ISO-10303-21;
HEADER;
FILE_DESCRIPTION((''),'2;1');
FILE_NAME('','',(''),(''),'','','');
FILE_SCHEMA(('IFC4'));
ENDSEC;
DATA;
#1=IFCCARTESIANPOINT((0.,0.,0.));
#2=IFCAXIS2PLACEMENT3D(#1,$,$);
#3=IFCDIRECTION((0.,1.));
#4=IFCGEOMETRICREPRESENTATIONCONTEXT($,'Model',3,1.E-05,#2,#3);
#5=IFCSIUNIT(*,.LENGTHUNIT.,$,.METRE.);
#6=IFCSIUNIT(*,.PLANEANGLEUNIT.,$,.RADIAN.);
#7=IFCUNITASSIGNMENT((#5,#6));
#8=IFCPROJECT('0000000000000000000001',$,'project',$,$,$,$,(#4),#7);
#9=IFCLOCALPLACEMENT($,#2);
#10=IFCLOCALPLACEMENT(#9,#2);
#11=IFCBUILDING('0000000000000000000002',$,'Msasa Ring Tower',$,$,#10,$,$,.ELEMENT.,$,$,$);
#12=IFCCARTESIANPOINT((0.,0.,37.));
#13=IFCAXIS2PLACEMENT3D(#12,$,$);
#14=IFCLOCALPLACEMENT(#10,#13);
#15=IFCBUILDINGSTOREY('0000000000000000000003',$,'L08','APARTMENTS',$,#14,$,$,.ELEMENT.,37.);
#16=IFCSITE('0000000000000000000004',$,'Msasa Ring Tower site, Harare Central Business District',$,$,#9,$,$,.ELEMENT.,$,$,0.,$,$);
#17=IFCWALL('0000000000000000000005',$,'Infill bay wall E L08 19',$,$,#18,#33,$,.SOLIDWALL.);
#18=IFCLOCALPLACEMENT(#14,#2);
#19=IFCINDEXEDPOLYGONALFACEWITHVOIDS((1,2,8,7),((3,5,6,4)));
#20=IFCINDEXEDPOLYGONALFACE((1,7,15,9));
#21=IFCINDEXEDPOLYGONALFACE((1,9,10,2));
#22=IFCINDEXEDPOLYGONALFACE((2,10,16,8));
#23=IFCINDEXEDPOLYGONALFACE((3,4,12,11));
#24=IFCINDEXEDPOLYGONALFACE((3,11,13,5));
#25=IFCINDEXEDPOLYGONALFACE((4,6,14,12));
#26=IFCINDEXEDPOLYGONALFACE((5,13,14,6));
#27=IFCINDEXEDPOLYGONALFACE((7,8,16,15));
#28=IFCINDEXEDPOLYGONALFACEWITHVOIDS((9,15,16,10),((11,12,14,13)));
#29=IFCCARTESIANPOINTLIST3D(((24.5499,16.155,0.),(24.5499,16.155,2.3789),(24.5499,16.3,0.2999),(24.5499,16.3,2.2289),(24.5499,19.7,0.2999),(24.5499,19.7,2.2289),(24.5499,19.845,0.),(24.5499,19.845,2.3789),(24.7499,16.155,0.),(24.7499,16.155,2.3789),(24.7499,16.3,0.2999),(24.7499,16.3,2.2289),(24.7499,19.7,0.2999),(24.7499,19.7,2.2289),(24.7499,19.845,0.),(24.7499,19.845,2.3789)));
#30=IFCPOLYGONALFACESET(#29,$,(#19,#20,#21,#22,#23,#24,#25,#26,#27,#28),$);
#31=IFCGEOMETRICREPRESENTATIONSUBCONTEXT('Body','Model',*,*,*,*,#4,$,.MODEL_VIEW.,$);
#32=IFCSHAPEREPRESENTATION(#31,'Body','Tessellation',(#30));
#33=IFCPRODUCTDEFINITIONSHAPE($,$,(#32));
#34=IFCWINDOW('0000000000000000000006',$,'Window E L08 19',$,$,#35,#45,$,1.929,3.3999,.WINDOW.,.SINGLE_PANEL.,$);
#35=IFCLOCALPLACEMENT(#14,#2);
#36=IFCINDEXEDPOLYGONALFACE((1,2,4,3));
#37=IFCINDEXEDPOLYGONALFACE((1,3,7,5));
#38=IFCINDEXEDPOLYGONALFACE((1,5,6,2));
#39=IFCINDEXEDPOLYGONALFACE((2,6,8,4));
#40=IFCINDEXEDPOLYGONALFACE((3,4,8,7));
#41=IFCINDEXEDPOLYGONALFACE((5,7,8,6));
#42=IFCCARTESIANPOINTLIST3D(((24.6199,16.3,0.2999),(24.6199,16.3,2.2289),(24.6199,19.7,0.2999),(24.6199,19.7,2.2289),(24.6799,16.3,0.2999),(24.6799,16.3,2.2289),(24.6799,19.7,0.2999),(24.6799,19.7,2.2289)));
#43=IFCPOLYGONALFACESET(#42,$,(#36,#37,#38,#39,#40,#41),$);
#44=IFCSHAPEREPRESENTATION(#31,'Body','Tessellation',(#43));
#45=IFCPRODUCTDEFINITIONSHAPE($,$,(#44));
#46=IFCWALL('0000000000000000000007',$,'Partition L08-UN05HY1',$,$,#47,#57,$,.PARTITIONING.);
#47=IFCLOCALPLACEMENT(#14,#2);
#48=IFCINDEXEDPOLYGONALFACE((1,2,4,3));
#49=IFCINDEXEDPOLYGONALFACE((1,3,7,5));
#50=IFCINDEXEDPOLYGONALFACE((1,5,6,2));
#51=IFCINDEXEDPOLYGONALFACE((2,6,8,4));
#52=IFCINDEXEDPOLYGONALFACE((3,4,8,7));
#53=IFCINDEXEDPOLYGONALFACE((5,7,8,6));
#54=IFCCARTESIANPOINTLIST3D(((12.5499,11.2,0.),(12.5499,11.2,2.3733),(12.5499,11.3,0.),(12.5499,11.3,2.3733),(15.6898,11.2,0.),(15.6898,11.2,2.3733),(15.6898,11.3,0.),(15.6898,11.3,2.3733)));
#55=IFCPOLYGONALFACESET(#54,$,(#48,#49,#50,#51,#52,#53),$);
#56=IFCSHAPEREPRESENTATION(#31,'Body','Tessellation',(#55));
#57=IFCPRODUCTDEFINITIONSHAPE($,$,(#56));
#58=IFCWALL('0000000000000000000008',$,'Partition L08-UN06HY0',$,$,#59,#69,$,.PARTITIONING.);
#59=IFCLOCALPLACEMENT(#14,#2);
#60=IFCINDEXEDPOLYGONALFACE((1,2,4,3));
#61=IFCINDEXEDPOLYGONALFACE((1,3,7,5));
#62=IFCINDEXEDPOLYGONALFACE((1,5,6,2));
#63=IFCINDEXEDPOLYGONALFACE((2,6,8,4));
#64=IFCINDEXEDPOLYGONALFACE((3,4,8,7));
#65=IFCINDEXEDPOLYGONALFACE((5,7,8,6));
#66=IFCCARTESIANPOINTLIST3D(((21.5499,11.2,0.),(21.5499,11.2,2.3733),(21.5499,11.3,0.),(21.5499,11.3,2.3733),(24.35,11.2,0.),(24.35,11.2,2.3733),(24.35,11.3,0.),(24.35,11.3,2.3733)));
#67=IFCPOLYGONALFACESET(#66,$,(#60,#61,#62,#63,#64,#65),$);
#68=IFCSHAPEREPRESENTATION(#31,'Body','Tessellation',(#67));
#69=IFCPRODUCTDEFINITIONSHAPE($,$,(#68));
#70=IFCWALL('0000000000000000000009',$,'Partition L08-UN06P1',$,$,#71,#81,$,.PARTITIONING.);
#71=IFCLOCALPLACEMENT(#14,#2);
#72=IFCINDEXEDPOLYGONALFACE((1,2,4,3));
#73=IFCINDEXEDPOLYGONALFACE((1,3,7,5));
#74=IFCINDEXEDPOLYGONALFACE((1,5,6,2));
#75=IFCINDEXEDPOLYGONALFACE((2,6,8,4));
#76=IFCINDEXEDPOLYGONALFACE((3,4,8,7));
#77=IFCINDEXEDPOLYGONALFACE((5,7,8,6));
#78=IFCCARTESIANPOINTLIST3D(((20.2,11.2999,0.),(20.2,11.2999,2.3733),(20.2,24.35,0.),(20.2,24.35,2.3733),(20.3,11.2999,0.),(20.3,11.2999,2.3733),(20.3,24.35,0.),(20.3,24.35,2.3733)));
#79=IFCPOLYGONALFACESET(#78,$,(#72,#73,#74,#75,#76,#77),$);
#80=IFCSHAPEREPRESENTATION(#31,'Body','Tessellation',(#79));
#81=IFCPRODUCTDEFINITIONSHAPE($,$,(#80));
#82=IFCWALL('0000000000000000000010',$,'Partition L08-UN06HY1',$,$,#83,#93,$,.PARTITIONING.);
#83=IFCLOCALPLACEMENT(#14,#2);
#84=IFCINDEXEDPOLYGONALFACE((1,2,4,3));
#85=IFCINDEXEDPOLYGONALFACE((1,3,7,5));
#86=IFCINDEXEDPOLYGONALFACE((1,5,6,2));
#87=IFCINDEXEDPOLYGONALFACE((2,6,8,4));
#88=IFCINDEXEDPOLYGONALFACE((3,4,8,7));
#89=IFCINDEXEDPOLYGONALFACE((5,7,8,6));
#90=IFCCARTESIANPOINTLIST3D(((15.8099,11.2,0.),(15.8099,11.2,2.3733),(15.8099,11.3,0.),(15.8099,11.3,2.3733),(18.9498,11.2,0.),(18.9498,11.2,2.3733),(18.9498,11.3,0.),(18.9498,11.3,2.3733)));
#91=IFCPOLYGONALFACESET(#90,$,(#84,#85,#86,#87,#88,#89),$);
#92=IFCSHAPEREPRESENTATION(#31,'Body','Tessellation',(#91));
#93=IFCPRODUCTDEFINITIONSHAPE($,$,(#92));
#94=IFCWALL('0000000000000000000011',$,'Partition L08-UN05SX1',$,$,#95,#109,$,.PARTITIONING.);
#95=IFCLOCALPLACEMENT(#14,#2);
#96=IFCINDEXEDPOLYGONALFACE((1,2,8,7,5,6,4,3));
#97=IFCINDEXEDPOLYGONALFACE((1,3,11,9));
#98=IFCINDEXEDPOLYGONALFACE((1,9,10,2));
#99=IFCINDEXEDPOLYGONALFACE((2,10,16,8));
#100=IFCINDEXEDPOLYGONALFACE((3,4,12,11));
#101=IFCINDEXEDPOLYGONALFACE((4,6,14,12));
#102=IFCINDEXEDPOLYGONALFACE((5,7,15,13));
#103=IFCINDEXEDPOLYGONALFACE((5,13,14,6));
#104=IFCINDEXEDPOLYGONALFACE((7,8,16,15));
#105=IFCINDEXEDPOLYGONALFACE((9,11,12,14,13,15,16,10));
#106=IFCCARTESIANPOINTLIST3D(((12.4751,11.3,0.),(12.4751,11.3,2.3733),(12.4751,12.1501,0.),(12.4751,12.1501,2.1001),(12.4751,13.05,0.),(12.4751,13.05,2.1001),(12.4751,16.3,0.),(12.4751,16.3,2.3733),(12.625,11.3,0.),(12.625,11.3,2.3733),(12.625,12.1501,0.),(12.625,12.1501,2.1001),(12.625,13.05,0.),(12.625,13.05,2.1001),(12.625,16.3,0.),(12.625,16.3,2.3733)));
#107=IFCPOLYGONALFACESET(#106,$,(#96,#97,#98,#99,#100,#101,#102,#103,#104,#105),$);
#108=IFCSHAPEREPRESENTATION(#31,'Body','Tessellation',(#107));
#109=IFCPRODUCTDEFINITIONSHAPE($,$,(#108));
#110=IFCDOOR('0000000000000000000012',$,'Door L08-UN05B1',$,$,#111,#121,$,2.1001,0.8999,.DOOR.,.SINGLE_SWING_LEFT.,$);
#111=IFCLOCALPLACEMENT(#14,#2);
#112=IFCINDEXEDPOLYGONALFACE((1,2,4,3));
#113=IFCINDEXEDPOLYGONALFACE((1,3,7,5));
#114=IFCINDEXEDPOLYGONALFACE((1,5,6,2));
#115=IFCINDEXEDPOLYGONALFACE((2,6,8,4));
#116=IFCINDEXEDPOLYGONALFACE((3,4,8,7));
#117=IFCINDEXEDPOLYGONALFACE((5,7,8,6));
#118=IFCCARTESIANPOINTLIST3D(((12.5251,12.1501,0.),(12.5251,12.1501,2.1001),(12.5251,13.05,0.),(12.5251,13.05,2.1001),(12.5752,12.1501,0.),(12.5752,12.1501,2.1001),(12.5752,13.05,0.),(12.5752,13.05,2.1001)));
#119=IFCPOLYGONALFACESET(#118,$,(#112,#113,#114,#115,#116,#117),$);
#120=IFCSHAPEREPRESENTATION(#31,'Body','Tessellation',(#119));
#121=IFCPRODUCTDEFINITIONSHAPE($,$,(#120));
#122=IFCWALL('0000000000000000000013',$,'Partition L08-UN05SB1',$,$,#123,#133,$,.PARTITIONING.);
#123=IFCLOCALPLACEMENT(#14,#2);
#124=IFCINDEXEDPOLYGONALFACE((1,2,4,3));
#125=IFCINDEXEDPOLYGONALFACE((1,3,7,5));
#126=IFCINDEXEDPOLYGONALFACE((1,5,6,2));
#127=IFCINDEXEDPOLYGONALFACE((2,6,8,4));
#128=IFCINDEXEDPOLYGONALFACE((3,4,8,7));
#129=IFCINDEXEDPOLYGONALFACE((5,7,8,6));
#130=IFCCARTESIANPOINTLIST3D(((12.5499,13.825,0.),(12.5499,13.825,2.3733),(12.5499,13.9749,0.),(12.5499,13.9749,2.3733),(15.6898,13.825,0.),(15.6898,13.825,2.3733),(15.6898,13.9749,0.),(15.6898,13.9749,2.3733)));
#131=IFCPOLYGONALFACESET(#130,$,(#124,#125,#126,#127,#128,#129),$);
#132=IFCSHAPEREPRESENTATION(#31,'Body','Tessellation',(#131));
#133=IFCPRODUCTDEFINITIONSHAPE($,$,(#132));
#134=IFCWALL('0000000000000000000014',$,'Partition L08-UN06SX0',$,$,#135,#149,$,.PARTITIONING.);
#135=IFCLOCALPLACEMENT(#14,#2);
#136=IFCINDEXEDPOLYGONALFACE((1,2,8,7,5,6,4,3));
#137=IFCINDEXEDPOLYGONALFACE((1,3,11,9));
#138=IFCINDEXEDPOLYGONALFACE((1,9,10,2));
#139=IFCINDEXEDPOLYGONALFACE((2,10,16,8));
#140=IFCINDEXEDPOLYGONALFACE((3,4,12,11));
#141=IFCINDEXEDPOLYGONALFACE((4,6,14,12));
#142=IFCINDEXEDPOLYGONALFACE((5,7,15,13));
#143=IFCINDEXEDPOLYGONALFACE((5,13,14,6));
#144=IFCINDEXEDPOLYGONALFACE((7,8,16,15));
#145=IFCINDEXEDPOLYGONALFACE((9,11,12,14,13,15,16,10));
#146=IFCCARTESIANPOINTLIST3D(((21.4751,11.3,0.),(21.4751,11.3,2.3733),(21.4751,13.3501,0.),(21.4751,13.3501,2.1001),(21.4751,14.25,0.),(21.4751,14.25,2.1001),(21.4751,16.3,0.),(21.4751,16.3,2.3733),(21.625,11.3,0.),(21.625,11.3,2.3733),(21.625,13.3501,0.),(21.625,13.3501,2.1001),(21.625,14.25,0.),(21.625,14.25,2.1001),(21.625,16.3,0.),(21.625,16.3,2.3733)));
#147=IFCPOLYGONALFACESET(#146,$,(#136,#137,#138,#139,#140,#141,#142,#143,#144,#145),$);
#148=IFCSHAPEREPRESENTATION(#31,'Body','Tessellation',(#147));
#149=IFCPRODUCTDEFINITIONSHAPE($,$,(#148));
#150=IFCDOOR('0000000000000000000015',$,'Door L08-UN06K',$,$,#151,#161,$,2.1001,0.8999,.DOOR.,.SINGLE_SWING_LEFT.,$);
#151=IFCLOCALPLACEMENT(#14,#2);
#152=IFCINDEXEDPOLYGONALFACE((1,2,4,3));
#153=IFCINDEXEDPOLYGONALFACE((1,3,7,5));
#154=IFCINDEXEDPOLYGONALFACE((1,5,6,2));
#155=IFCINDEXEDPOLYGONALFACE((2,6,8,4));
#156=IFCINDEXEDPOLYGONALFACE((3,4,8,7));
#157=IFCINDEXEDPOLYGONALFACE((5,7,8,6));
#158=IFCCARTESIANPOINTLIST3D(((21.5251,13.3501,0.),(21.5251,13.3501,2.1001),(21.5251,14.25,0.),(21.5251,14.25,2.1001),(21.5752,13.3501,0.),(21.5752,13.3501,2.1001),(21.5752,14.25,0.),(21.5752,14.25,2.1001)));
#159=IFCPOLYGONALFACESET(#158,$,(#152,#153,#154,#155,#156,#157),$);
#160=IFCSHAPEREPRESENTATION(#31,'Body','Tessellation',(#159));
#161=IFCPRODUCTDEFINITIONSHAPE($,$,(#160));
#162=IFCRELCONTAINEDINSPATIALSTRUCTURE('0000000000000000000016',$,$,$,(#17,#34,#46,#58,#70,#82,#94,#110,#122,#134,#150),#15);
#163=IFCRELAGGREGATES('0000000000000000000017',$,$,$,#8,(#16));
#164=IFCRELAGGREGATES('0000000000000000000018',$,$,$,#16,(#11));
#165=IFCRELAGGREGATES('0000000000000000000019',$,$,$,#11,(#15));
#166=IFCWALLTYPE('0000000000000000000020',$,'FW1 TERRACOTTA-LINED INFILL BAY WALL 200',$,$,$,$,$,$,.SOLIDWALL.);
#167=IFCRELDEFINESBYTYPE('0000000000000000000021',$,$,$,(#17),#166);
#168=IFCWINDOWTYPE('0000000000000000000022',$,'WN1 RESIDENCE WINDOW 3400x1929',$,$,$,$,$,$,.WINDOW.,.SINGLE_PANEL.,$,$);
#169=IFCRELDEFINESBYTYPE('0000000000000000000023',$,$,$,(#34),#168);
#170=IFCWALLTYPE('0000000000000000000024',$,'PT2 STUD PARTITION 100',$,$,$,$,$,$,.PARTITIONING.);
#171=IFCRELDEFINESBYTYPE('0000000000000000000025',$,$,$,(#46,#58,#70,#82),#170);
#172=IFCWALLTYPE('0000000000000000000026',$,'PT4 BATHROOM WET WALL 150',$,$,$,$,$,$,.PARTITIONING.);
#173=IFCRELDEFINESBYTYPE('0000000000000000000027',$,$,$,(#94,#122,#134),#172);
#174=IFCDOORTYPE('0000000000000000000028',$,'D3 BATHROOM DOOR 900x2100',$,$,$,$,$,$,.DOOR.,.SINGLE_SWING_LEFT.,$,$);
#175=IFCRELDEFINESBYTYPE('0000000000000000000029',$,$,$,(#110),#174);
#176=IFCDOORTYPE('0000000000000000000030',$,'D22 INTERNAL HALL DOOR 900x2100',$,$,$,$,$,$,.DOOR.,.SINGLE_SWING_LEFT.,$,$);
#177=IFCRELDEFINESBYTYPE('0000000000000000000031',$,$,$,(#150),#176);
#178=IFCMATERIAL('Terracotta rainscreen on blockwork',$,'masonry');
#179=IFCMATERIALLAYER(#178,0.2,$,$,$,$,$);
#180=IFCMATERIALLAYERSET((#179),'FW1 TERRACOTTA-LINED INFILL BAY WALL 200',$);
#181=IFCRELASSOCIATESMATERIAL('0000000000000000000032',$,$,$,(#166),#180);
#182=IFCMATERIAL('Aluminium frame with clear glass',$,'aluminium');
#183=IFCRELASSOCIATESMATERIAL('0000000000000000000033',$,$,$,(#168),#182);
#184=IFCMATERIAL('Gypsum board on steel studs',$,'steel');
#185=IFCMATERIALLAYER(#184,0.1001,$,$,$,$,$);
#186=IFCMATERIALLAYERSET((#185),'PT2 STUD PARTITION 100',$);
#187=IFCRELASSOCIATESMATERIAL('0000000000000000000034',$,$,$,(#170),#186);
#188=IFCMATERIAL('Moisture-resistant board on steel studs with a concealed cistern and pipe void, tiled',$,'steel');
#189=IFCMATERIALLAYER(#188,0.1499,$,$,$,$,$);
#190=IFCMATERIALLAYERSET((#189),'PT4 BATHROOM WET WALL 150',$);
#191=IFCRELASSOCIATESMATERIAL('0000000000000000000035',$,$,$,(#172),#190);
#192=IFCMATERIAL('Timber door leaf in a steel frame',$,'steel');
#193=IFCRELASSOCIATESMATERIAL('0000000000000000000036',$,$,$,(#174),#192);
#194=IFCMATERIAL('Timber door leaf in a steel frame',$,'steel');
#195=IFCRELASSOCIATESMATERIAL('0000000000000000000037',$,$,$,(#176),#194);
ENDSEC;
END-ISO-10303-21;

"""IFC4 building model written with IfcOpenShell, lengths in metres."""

from ifc_helpers import new_model, si_unit, direction, frame, frame_2d, origin, place, context, subcontext, project, spatial, rectangle, extrude, material, layer, layer_set, type_object, element, fill, save


model = new_model("IFC4")

# Units and contexts
model_context = context("Model", 3, precision=1e-05, world=origin(), true_north=direction((0.0, 1.0)))
body_context = subcontext(model_context, "Body", "Model", "MODEL_VIEW")
ifc_project = project(units=[si_unit("LENGTHUNIT", "METRE"), si_unit("PLANEANGLEUNIT", "RADIAN")], contexts=[model_context])

# Site, building, storey
site_placement = place(None, origin())
site = spatial("IfcSite", under=ifc_project, at=site_placement, Name="Msasa Ring Tower site, Harare Central Business District", CompositionType="ELEMENT", RefElevation=0.0)
building_placement = place(site_placement, origin())
building = spatial("IfcBuilding", under=site, at=building_placement, Name="Msasa Ring Tower", CompositionType="ELEMENT")
storey_placement = place(building_placement, frame((0.0, 0.0, 37.0)))
storey = spatial("IfcBuildingStorey", under=building, at=storey_placement, Name="L08", Description="APARTMENTS", CompositionType="ELEMENT", Elevation=37.0)

# Wall, opening, window
ifc_material_1 = material(Name="Terracotta rainscreen on blockwork", Category="masonry")
ifc_layer_1 = layer(ifc_material_1, 0.2)
ifc_layer_set_1 = layer_set([ifc_layer_1], Name="FW1 TERRACOTTA-LINED INFILL BAY WALL 200")
wall_type_1 = type_object("IfcWallType", Name="FW1 TERRACOTTA-LINED INFILL BAY WALL 200", PredefinedType="SOLIDWALL", material=ifc_layer_set_1)
ifc_material_2 = material(Name="Aluminium frame with clear glass", Category="aluminium")
window_type = type_object("IfcWindowType", Name="WN1 RESIDENCE WINDOW 3400x1929", PartitioningType="SINGLE_PANEL", PredefinedType="WINDOW", material=ifc_material_2)
wall_1_placement = place(storey_placement, frame((24.6499, 16.155, 0.0), z_axis=(0.0, 0.0, 1.0), x_axis=(0.0, 1.0, 0.0)))
wall_1 = element("IfcWall", 1, at=wall_1_placement, inside=storey, type_object=wall_type_1, Name="Infill bay wall E L08 19", PredefinedType="SOLIDWALL", context=body_context, shape_type="SweptSolid", body=[
    extrude(rectangle(XDim=3.6899, YDim=0.2, at=frame_2d((1.845, 0.0))), origin(), (0.0, 0.0, 1.0), 2.3789),
])
opening_1_placement = place(wall_1_placement, frame((0.145, 0.0, 0.3)))
opening_1 = element("IfcOpeningElement", 2, at=opening_1_placement, cuts=wall_1, PredefinedType="OPENING", context=body_context, shape_type="SweptSolid", body=[
    extrude(rectangle(XDim=3.3999, YDim=1.929, at=frame_2d((1.7, 0.9644))), frame((0.0, 0.1099, 0.0), z_axis=(0.0, -1.0, 0.0), x_axis=(1.0, 0.0, 0.0)), (0.0, 0.0, 1.0), 0.22),
])
window_1_placement = place(opening_1_placement, origin())
window_1 = element("IfcWindow", 3, at=window_1_placement, inside=storey, type_object=window_type, Name="Window E L08 19", OverallHeight=1.929, OverallWidth=3.3999, PartitioningType="SINGLE_PANEL", PredefinedType="WINDOW", context=body_context, shape_type="SweptSolid", body=[
    extrude(rectangle(XDim=3.3999, YDim=1.929, at=frame_2d((1.7, 0.9644))), frame((0.0, 0.03, 0.0), z_axis=(0.0, -1.0, 0.0), x_axis=(1.0, 0.0, 0.0)), (0.0, 0.0, 1.0), 0.0601),
])
fill(opening_1, window_1)

# Walls
ifc_material_3 = material(Name="Gypsum board on steel studs", Category="steel")
ifc_layer_2 = layer(ifc_material_3, 0.1001)
ifc_layer_set_2 = layer_set([ifc_layer_2], Name="PT2 STUD PARTITION 100")
wall_type_2 = type_object("IfcWallType", Name="PT2 STUD PARTITION 100", PredefinedType="PARTITIONING", material=ifc_layer_set_2)
wall_2_placement = place(storey_placement, frame((12.55, 11.25, 0.0), z_axis=(0.0, 0.0, 1.0), x_axis=(1.0, 0.0, 0.0)))
element("IfcWall", 4, at=wall_2_placement, inside=storey, type_object=wall_type_2, Name="Partition L08-UN05HY1", PredefinedType="PARTITIONING", context=body_context, shape_type="SweptSolid", body=[
    extrude(rectangle(XDim=3.1399, YDim=0.1001, at=frame_2d((1.5698, 0.0))), origin(), (0.0, 0.0, 1.0), 2.3733),
])
wall_3_placement = place(storey_placement, frame((21.55, 11.25, 0.0), z_axis=(0.0, 0.0, 1.0), x_axis=(1.0, 0.0, 0.0)))
element("IfcWall", 5, at=wall_3_placement, inside=storey, type_object=wall_type_2, Name="Partition L08-UN06HY0", PredefinedType="PARTITIONING", context=body_context, shape_type="SweptSolid", body=[
    extrude(rectangle(XDim=2.8, YDim=0.1001, at=frame_2d((1.3999, 0.0))), origin(), (0.0, 0.0, 1.0), 2.3733),
])
wall_4_placement = place(storey_placement, frame((20.25, 11.3, 0.0), z_axis=(0.0, 0.0, 1.0), x_axis=(0.0, 1.0, 0.0)))
element("IfcWall", 6, at=wall_4_placement, inside=storey, type_object=wall_type_2, Name="Partition L08-UN06P1", PredefinedType="PARTITIONING", context=body_context, shape_type="SweptSolid", body=[
    extrude(rectangle(XDim=13.05, YDim=0.1001, at=frame_2d((6.5249, 0.0))), origin(), (0.0, 0.0, 1.0), 2.3733),
])
wall_5_placement = place(storey_placement, frame((15.8101, 11.25, 0.0), z_axis=(0.0, 0.0, 1.0), x_axis=(1.0, 0.0, 0.0)))
element("IfcWall", 7, at=wall_5_placement, inside=storey, type_object=wall_type_2, Name="Partition L08-UN06HY1", PredefinedType="PARTITIONING", context=body_context, shape_type="SweptSolid", body=[
    extrude(rectangle(XDim=3.1399, YDim=0.1001, at=frame_2d((1.5698, 0.0))), origin(), (0.0, 0.0, 1.0), 2.3733),
])

# Wall, opening, door
ifc_material_4 = material(Name="Moisture-resistant board on steel studs with a concealed cistern and pipe void, tiled", Category="steel")
ifc_layer_3 = layer(ifc_material_4, 0.1499)
ifc_layer_set_3 = layer_set([ifc_layer_3], Name="PT4 BATHROOM WET WALL 150")
wall_type_3 = type_object("IfcWallType", Name="PT4 BATHROOM WET WALL 150", PredefinedType="PARTITIONING", material=ifc_layer_set_3)
wall_6_placement = place(storey_placement, frame((12.55, 11.3, 0.0), z_axis=(0.0, 0.0, 1.0), x_axis=(0.0, 1.0, 0.0)))
wall_6 = element("IfcWall", 8, at=wall_6_placement, inside=storey, type_object=wall_type_3, Name="Partition L08-UN05SX1", PredefinedType="PARTITIONING", context=body_context, shape_type="SweptSolid", body=[
    extrude(rectangle(XDim=5.0, YDim=0.1499, at=frame_2d((2.5, 0.0))), origin(), (0.0, 0.0, 1.0), 2.3733),
])
opening_2_placement = place(wall_6_placement, frame((0.8501, 0.0, 0.0)))
opening_2 = element("IfcOpeningElement", 9, at=opening_2_placement, cuts=wall_6, PredefinedType="OPENING", context=body_context, shape_type="SweptSolid", body=[
    extrude(rectangle(XDim=0.8999, YDim=2.1001, at=frame_2d((0.45, 1.05))), frame((0.0, 0.085, 0.0), z_axis=(0.0, -1.0, 0.0), x_axis=(1.0, 0.0, 0.0)), (0.0, 0.0, 1.0), 0.1699),
])
ifc_material_5 = material(Name="Timber door leaf in a steel frame", Category="steel")
door_type_1 = type_object("IfcDoorType", Name="D3 BATHROOM DOOR 900x2100", OperationType="SINGLE_SWING_LEFT", PredefinedType="DOOR", material=ifc_material_5)
door_1_placement = place(opening_2_placement, origin())
door_1 = element("IfcDoor", 10, at=door_1_placement, inside=storey, type_object=door_type_1, Name="Door L08-UN05B1", OperationType="SINGLE_SWING_LEFT", OverallHeight=2.1001, OverallWidth=0.8999, PredefinedType="DOOR", context=body_context, shape_type="SweptSolid", body=[
    extrude(rectangle(XDim=0.8999, YDim=2.1001, at=frame_2d((0.45, 1.05))), frame((0.0, 0.0249, 0.0), z_axis=(0.0, -1.0, 0.0), x_axis=(1.0, 0.0, 0.0)), (0.0, 0.0, 1.0), 0.05),
])
fill(opening_2, door_1)

# Wall
wall_7_placement = place(storey_placement, frame((12.55, 13.8999, 0.0), z_axis=(0.0, 0.0, 1.0), x_axis=(1.0, 0.0, 0.0)))
element("IfcWall", 11, at=wall_7_placement, inside=storey, type_object=wall_type_3, Name="Partition L08-UN05SB1", PredefinedType="PARTITIONING", context=body_context, shape_type="SweptSolid", body=[
    extrude(rectangle(XDim=3.1399, YDim=0.1499, at=frame_2d((1.5698, 0.0))), origin(), (0.0, 0.0, 1.0), 2.3733),
])

# Wall, opening, door
wall_8_placement = place(storey_placement, frame((21.55, 11.3, 0.0), z_axis=(0.0, 0.0, 1.0), x_axis=(0.0, 1.0, 0.0)))
wall_8 = element("IfcWall", 12, at=wall_8_placement, inside=storey, type_object=wall_type_3, Name="Partition L08-UN06SX0", PredefinedType="PARTITIONING", context=body_context, shape_type="SweptSolid", body=[
    extrude(rectangle(XDim=5.0, YDim=0.1499, at=frame_2d((2.5, 0.0))), origin(), (0.0, 0.0, 1.0), 2.3733),
])
opening_3_placement = place(wall_8_placement, frame((2.05, 0.0, 0.0)))
opening_3 = element("IfcOpeningElement", 13, at=opening_3_placement, cuts=wall_8, PredefinedType="OPENING", context=body_context, shape_type="SweptSolid", body=[
    extrude(rectangle(XDim=0.8999, YDim=2.1001, at=frame_2d((0.45, 1.05))), frame((0.0, 0.085, 0.0), z_axis=(0.0, -1.0, 0.0), x_axis=(1.0, 0.0, 0.0)), (0.0, 0.0, 1.0), 0.1699),
])
ifc_material_6 = material(Name="Timber door leaf in a steel frame", Category="steel")
door_type_2 = type_object("IfcDoorType", Name="D22 INTERNAL HALL DOOR 900x2100", OperationType="SINGLE_SWING_LEFT", PredefinedType="DOOR", material=ifc_material_6)
door_2_placement = place(opening_3_placement, origin())
door_2 = element("IfcDoor", 14, at=door_2_placement, inside=storey, type_object=door_type_2, Name="Door L08-UN06K", OperationType="SINGLE_SWING_LEFT", OverallHeight=2.1001, OverallWidth=0.8999, PredefinedType="DOOR", context=body_context, shape_type="SweptSolid", body=[
    extrude(rectangle(XDim=0.8999, YDim=2.1001, at=frame_2d((0.45, 1.05))), frame((0.0, 0.0249, 0.0), z_axis=(0.0, -1.0, 0.0), x_axis=(1.0, 0.0, 0.0)), (0.0, 0.0, 1.0), 0.05),
])
fill(opening_3, door_2)

save(model, "model.ifc")
